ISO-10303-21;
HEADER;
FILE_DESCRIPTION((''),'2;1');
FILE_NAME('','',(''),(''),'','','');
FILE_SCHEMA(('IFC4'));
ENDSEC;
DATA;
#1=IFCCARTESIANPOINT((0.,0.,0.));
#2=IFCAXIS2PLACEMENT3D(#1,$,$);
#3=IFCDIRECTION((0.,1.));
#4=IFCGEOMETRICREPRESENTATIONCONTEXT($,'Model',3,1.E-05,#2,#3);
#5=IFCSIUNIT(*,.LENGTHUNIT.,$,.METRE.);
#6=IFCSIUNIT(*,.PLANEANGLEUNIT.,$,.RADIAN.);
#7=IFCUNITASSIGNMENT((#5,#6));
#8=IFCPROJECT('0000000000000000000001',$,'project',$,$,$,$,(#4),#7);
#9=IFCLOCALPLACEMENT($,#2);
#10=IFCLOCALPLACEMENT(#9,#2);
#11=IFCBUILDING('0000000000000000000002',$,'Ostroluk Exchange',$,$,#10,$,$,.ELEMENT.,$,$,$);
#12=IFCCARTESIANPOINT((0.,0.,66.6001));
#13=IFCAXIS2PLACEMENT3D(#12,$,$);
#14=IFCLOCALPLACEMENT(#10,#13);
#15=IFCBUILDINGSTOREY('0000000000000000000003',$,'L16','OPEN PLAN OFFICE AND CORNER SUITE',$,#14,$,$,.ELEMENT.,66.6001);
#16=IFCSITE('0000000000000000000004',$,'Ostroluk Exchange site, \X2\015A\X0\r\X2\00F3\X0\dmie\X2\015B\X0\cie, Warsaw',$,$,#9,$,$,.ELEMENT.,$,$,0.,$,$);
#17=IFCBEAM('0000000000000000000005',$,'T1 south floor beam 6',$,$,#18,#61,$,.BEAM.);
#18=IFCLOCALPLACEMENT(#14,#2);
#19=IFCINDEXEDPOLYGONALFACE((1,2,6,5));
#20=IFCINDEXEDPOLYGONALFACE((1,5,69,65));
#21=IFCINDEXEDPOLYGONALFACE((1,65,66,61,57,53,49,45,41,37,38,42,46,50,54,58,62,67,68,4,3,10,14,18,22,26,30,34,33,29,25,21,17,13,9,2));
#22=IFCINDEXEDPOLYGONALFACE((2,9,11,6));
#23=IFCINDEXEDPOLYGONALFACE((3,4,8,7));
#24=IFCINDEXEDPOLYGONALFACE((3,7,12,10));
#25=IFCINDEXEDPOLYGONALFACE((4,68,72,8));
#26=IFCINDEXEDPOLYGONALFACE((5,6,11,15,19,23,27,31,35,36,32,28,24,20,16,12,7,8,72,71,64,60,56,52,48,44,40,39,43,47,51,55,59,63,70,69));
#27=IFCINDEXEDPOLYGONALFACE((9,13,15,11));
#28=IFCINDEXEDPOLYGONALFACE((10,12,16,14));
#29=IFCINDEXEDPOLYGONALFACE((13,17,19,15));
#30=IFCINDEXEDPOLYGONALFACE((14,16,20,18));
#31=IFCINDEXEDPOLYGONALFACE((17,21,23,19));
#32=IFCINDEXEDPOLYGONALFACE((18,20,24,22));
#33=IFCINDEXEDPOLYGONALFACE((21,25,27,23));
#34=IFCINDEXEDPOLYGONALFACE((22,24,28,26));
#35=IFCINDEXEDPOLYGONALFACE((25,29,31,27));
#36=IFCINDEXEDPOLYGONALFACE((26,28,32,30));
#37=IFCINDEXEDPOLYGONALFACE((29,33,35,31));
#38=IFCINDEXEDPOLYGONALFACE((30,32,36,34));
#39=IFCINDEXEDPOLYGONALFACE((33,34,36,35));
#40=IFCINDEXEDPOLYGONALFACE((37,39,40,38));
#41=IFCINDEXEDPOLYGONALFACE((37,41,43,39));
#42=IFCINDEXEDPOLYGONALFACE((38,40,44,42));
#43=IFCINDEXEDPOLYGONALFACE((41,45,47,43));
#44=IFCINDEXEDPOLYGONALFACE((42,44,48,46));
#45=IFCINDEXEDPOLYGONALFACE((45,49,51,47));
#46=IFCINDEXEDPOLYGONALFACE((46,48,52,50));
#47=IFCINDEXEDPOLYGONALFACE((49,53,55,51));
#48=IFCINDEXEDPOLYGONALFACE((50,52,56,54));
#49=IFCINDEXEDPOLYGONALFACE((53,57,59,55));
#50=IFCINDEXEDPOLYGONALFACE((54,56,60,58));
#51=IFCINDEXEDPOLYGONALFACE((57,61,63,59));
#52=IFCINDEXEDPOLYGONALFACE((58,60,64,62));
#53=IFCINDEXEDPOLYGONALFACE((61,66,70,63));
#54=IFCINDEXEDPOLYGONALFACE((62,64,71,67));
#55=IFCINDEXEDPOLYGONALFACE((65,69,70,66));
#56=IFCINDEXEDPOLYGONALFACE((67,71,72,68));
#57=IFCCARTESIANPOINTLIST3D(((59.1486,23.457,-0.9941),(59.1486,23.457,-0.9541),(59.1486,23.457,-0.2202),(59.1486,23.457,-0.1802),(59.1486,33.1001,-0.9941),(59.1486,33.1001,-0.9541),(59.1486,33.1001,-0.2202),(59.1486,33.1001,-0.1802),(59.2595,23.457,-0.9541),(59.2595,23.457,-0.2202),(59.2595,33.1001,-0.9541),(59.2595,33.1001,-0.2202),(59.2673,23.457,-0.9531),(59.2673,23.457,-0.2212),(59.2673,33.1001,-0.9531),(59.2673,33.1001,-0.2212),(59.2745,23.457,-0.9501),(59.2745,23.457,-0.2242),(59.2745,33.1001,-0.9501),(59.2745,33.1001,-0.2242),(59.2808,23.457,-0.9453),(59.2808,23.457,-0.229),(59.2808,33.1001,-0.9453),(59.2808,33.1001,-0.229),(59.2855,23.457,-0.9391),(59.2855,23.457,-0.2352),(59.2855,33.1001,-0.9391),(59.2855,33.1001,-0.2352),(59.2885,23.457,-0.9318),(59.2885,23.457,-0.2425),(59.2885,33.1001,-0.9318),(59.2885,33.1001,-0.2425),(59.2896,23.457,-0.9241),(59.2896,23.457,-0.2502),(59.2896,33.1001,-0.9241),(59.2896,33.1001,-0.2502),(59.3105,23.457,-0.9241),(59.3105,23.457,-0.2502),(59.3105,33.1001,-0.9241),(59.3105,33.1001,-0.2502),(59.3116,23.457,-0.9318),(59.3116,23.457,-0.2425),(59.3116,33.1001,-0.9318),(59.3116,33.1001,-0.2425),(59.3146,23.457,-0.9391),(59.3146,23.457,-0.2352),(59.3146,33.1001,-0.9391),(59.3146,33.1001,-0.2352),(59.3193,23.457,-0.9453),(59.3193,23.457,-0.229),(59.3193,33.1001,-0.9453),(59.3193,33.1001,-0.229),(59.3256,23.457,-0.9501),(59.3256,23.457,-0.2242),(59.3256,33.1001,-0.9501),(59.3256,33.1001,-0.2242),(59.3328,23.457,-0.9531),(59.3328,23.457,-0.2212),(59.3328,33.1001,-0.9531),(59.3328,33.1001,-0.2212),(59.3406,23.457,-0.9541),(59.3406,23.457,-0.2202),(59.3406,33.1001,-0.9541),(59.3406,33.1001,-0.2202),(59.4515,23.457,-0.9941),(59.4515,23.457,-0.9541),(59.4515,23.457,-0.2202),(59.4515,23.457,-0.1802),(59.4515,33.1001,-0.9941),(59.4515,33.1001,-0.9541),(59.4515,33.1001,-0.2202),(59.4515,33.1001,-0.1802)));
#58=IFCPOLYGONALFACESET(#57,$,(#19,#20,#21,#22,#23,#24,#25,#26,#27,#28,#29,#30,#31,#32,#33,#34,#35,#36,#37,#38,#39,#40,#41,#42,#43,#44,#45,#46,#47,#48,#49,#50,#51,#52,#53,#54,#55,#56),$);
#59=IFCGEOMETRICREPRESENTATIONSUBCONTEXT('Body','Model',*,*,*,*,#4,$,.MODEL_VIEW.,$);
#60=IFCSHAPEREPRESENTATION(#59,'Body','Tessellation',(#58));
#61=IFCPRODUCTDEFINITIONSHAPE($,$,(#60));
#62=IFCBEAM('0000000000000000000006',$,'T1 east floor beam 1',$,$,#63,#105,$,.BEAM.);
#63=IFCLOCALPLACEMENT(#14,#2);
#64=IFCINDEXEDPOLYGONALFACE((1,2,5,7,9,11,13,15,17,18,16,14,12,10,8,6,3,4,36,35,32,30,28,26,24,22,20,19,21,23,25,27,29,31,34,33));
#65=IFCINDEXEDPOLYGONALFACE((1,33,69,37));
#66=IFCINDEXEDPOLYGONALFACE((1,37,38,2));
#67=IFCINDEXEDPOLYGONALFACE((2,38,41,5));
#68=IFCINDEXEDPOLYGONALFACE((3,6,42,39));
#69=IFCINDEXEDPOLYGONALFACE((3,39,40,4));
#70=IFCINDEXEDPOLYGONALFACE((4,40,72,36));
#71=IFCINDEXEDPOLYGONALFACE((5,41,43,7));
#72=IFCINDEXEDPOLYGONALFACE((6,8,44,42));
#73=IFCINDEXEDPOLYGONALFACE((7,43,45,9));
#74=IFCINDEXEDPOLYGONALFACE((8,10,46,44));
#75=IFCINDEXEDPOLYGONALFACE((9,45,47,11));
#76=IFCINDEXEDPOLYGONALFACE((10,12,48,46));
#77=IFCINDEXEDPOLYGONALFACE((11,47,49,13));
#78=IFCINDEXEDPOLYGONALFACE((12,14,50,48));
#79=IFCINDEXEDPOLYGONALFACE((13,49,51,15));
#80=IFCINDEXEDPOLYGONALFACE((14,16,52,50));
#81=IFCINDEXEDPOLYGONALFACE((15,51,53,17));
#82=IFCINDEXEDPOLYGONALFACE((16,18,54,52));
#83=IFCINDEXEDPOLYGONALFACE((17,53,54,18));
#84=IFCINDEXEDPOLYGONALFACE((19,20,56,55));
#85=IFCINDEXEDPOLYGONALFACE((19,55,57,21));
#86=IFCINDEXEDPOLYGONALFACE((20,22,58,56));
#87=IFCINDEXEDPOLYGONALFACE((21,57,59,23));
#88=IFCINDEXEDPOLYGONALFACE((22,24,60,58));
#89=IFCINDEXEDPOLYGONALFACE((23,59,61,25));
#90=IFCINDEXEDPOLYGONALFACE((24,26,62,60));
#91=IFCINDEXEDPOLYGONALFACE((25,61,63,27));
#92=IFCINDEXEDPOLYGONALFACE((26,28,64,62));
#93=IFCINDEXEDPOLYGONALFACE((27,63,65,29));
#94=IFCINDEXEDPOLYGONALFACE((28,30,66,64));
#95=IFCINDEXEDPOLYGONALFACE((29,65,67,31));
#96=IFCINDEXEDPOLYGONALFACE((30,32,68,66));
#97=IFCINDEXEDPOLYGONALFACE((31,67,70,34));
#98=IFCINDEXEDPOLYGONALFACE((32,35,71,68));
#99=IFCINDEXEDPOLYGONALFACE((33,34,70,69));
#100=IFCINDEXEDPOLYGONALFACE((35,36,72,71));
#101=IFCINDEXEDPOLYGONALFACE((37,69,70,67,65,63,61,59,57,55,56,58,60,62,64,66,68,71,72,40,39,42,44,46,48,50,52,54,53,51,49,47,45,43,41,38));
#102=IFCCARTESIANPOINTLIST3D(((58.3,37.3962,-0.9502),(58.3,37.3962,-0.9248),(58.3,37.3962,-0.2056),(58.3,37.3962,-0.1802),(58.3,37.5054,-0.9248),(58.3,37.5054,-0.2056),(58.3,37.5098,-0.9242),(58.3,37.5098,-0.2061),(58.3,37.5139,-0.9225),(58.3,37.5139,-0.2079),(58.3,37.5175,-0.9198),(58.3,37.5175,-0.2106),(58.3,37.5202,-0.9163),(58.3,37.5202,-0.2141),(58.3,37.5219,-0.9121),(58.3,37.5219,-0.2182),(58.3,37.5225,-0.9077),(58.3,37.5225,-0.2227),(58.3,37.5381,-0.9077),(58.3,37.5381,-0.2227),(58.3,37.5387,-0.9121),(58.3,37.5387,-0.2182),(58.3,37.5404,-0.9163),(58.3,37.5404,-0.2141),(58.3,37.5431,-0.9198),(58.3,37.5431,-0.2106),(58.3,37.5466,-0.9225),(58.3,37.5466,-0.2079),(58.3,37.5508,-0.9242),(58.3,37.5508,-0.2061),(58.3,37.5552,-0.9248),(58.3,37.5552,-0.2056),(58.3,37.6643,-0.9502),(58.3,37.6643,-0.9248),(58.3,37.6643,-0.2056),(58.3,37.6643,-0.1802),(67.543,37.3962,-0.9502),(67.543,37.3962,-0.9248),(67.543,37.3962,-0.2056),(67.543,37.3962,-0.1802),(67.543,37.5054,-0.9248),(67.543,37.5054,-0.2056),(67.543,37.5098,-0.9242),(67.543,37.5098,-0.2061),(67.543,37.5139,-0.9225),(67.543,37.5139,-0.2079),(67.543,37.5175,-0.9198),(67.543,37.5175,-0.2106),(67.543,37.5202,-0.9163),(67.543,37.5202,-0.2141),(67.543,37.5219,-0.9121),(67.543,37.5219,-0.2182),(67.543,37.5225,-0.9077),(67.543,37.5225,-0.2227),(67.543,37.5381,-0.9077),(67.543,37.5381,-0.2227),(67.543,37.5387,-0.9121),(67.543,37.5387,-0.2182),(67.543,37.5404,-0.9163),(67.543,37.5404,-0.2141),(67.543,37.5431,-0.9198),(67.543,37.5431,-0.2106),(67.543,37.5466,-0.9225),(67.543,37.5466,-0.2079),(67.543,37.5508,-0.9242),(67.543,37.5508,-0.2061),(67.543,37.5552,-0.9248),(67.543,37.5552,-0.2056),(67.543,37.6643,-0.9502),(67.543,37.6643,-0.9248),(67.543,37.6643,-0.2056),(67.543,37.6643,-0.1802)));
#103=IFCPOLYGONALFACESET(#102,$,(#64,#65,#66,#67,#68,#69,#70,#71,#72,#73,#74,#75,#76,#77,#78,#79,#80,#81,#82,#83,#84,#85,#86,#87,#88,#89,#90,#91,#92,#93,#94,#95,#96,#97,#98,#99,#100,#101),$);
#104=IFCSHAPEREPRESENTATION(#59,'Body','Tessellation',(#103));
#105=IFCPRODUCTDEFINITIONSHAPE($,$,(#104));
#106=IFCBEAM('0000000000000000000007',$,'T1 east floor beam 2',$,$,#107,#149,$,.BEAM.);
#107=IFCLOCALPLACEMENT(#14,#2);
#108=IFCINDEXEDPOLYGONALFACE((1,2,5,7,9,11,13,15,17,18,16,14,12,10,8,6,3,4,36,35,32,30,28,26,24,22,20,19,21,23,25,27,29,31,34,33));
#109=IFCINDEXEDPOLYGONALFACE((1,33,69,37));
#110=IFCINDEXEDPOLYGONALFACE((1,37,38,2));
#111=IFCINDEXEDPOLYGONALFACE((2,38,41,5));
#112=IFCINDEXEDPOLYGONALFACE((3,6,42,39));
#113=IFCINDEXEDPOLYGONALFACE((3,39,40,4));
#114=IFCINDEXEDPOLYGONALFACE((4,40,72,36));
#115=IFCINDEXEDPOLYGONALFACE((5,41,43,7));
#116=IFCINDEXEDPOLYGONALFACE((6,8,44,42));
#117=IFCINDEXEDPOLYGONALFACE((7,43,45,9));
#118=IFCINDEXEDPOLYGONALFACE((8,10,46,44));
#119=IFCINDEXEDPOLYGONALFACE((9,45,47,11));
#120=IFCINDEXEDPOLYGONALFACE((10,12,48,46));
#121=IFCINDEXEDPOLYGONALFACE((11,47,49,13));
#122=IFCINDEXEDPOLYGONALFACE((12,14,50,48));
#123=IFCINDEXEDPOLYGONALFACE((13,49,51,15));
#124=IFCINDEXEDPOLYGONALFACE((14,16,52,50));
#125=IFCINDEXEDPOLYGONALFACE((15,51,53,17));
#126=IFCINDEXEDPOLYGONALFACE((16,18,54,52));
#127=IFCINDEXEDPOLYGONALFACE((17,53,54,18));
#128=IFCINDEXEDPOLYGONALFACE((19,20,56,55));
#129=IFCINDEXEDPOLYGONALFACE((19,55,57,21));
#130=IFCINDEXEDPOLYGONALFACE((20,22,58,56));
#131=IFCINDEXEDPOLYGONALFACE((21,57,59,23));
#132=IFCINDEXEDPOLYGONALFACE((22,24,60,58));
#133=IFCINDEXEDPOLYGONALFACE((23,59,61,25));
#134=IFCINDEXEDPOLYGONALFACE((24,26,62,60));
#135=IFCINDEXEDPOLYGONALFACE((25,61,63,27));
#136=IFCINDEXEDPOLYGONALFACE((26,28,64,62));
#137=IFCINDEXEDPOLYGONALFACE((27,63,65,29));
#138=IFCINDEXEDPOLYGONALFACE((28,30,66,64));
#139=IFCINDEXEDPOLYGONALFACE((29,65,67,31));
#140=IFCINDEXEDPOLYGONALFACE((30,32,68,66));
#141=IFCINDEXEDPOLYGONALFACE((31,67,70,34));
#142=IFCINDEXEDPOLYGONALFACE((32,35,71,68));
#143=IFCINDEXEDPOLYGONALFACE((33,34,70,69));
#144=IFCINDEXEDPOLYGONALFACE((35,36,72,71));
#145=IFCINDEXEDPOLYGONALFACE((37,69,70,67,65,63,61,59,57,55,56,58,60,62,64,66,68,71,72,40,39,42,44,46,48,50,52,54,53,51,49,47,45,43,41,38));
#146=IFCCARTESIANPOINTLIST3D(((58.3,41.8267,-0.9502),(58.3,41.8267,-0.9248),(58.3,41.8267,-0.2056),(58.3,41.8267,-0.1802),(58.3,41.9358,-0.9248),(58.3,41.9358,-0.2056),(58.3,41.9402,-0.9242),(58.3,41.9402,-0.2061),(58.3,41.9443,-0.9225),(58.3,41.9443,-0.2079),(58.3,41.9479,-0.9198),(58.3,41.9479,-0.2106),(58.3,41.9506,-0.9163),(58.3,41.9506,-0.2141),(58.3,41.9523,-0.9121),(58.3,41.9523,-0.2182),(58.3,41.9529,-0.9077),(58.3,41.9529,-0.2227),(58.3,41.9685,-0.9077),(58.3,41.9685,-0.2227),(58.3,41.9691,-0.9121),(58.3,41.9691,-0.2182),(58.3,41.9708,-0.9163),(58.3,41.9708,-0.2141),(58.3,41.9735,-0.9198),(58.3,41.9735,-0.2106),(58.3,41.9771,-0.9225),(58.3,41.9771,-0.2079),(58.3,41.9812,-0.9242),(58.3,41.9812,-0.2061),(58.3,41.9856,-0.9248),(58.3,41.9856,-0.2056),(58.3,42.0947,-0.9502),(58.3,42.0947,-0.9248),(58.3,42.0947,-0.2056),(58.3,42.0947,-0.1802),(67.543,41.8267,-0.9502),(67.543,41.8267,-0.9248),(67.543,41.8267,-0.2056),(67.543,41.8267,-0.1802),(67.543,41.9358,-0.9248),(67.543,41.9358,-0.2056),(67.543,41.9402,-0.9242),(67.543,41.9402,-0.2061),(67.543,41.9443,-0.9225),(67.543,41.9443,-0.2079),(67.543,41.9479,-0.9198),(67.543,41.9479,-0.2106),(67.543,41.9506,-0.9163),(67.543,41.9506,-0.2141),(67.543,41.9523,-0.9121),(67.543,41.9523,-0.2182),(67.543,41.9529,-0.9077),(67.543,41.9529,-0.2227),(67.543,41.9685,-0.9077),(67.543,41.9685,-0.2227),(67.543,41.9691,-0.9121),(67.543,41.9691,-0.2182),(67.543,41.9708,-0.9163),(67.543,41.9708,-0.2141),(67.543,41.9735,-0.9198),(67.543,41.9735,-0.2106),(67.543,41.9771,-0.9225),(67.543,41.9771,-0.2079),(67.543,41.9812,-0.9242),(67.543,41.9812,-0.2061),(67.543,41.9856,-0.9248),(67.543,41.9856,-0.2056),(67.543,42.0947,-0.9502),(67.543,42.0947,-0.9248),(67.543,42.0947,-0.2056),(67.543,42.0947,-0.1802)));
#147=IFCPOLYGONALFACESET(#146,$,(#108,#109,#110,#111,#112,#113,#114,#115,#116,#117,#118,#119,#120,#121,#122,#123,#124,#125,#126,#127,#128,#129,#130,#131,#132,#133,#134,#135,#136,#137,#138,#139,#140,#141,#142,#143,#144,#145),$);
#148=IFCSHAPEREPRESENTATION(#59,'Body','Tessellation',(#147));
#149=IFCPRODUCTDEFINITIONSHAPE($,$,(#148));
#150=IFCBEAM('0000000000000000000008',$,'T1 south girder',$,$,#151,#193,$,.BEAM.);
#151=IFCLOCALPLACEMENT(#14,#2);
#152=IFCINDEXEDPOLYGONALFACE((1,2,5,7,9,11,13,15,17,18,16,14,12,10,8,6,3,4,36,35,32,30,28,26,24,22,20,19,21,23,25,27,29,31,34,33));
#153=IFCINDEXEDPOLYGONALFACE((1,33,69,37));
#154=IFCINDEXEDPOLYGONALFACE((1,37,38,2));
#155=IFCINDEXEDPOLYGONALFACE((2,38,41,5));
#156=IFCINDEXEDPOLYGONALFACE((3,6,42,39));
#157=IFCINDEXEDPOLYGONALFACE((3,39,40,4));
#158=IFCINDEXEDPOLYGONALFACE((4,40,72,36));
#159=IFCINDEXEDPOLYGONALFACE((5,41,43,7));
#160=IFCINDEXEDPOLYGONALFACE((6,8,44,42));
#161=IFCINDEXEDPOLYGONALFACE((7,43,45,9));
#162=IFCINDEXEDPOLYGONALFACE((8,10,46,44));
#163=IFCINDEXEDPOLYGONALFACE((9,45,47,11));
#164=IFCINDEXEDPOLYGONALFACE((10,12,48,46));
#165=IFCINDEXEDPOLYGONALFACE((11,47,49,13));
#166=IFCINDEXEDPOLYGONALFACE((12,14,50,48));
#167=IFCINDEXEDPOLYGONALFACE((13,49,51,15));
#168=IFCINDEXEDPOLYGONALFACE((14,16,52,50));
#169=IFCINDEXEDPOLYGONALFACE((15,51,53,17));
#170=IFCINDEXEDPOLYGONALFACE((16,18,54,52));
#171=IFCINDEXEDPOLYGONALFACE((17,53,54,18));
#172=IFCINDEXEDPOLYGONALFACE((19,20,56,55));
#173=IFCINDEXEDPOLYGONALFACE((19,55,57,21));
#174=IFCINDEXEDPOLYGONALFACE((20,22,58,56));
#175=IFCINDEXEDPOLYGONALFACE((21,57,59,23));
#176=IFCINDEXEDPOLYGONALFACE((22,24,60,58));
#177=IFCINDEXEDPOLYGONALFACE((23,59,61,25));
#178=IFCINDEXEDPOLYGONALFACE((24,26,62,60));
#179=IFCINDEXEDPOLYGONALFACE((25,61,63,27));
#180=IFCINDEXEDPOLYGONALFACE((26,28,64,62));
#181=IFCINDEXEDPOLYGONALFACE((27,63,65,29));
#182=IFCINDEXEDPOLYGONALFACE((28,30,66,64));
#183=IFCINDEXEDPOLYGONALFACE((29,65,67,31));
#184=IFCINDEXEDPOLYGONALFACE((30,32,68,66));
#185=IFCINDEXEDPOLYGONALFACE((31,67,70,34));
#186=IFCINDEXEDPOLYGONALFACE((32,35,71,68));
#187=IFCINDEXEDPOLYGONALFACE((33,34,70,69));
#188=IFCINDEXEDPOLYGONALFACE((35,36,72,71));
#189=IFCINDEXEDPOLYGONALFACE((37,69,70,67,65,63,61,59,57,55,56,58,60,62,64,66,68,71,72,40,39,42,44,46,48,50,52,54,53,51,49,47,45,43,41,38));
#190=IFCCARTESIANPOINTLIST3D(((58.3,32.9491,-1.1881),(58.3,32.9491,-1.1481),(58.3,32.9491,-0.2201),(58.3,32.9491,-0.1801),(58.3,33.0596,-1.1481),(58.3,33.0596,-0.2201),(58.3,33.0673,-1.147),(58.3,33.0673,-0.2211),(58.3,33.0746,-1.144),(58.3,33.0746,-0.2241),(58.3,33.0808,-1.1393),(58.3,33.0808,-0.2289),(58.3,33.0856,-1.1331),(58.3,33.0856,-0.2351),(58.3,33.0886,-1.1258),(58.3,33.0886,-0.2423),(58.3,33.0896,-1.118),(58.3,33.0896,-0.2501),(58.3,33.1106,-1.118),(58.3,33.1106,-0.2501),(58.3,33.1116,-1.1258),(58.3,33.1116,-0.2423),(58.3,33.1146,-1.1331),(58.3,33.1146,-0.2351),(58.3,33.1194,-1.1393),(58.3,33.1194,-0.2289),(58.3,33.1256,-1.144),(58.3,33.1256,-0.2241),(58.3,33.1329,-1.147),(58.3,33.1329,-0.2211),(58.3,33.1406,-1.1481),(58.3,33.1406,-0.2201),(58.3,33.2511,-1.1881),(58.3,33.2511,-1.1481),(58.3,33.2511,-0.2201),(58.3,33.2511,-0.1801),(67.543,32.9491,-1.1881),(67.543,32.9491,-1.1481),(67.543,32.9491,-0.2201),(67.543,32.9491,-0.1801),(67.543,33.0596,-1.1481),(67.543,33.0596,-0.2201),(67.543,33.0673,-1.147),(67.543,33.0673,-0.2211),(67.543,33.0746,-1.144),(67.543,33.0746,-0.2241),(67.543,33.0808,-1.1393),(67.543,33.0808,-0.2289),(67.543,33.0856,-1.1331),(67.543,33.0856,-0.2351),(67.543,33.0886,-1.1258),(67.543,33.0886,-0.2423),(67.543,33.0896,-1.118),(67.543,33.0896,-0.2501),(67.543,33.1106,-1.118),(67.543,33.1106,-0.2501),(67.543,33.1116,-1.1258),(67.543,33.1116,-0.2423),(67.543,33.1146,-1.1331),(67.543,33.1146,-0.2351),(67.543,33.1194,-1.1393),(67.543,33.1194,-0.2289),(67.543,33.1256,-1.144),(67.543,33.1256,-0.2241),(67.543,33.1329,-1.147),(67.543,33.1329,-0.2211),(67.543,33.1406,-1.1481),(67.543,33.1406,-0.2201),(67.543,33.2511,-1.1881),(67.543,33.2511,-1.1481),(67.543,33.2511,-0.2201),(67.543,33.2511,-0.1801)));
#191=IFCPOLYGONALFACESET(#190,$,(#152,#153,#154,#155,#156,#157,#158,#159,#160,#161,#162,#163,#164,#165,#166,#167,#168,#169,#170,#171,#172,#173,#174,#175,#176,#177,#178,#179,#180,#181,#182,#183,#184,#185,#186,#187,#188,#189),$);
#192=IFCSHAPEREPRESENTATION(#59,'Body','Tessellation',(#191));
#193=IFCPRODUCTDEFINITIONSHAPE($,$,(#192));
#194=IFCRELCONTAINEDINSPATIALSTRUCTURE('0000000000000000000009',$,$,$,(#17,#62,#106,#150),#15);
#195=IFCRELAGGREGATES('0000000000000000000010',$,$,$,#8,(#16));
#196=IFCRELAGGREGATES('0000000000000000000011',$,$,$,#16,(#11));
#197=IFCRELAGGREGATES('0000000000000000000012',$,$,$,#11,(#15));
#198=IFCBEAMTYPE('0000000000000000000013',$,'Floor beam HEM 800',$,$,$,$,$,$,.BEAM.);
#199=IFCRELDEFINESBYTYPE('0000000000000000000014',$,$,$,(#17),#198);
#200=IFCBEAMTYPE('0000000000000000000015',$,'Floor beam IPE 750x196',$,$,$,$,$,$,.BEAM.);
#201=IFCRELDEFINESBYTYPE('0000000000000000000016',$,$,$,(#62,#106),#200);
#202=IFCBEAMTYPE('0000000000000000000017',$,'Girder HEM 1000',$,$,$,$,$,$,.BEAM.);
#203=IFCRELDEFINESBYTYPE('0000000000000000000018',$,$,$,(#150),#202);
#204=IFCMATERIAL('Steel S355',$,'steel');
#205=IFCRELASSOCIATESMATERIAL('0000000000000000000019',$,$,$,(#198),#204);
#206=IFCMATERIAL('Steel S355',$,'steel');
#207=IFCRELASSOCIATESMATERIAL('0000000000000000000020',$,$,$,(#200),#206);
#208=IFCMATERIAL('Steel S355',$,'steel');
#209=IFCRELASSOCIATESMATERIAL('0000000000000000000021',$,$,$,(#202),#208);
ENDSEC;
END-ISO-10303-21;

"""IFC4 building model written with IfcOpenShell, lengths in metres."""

from ifc_helpers import new_model, si_unit, direction, frame, origin, origin_2d, place, context, subcontext, project, spatial, i_section, extrude, material, material_profile, profile_set, type_object, element, save


model = new_model("IFC4")

# Units and contexts
model_context = context("Model", 3, precision=1e-05, world=origin(), true_north=direction((0.0, 1.0)))
body_context = subcontext(model_context, "Body", "Model", "MODEL_VIEW")
ifc_project = project(units=[si_unit("LENGTHUNIT", "METRE"), si_unit("PLANEANGLEUNIT", "RADIAN")], contexts=[model_context])

# Site, building, storey
site_placement = place(None, origin())
site = spatial("IfcSite", under=ifc_project, at=site_placement, Name="Ostroluk Exchange site, Śródmieście, Warsaw", CompositionType="ELEMENT", RefElevation=0.0)
building_placement = place(site_placement, origin())
building = spatial("IfcBuilding", under=site, at=building_placement, Name="Ostroluk Exchange", CompositionType="ELEMENT")
storey_placement = place(building_placement, frame((0.0, 0.0, 66.6001)))
storey = spatial("IfcBuildingStorey", under=building, at=storey_placement, Name="L16", Description="OPEN PLAN OFFICE AND CORNER SUITE", CompositionType="ELEMENT", Elevation=66.6001)

# Beams
ifc_material_1 = material(Name="Steel S355", Category="steel")
ifc_material_profile_1 = material_profile(ifc_material_1, i_section(OverallWidth=0.303, OverallDepth=0.814, WebThickness=0.021, FlangeThickness=0.04, FilletRadius=0.03, at=origin_2d()), Name="HEM 800")
ifc_profile_set_1 = profile_set([ifc_material_profile_1], Name="Steel S355")
beam_type_1 = type_object("IfcBeamType", Name="Floor beam HEM 800", PredefinedType="BEAM", material=ifc_profile_set_1)
beam_1_placement = place(storey_placement, frame((59.3, 33.1001, -0.5872), z_axis=(0.0, -1.0, 0.0), x_axis=(1.0, 0.0, 0.0)))
element("IfcBeam", 1, at=beam_1_placement, inside=storey, type_object=beam_type_1, Name="T1 south floor beam 6", PredefinedType="BEAM", context=body_context, shape_type="SweptSolid", body=[
    extrude(i_section(OverallWidth=0.303, OverallDepth=0.814, WebThickness=0.021, FlangeThickness=0.04, FilletRadius=0.03, at=origin_2d()), origin(), (0.0, 0.0, 1.0), 9.6431),
])
ifc_material_2 = material(Name="Steel S355", Category="steel")
ifc_material_profile_2 = material_profile(ifc_material_2, i_section(OverallWidth=0.2681, OverallDepth=0.77, WebThickness=0.0156, FlangeThickness=0.0254, FilletRadius=0.0171, at=origin_2d()), Name="IPE 750x196")
ifc_profile_set_2 = profile_set([ifc_material_profile_2], Name="Steel S355")
beam_type_2 = type_object("IfcBeamType", Name="Floor beam IPE 750x196", PredefinedType="BEAM", material=ifc_profile_set_2)
for number, where, z_axis, x_axis, name in (
    (2, (58.3, 37.5303, -0.5652), (1.0, 0.0, 0.0), (0.0, 1.0, 0.0), "T1 east floor beam 1"),
    (3, (58.3, 41.9607, -0.5652), (1.0, 0.0, 0.0), (0.0, 1.0, 0.0), "T1 east floor beam 2"),
):
    element("IfcBeam", number, at=place(storey_placement, frame(where, z_axis=z_axis, x_axis=x_axis)), inside=storey, type_object=beam_type_2, Name=name, PredefinedType="BEAM", context=body_context, shape_type="SweptSolid", body=[
        extrude(i_section(OverallWidth=0.2681, OverallDepth=0.77, WebThickness=0.0156, FlangeThickness=0.0254, FilletRadius=0.0171, at=origin_2d()), origin(), (0.0, 0.0, 1.0), 9.2429),
    ])
ifc_material_3 = material(Name="Steel S355", Category="steel")
ifc_material_profile_3 = material_profile(ifc_material_3, i_section(OverallWidth=0.302, OverallDepth=1.0081, WebThickness=0.021, FlangeThickness=0.04, FilletRadius=0.03, at=origin_2d()), Name="HEM 1000")
ifc_profile_set_3 = profile_set([ifc_material_profile_3], Name="Steel S355")
beam_type_3 = type_object("IfcBeamType", Name="Girder HEM 1000", PredefinedType="BEAM", material=ifc_profile_set_3)
beam_2_placement = place(storey_placement, frame((58.3, 33.1001, -0.6841), z_axis=(1.0, 0.0, 0.0), x_axis=(0.0, 1.0, 0.0)))
element("IfcBeam", 4, at=beam_2_placement, inside=storey, type_object=beam_type_3, Name="T1 south girder", PredefinedType="BEAM", context=body_context, shape_type="SweptSolid", body=[
    extrude(i_section(OverallWidth=0.302, OverallDepth=1.0081, WebThickness=0.021, FlangeThickness=0.04, FilletRadius=0.03, at=origin_2d()), origin(), (0.0, 0.0, 1.0), 9.2429),
])

save(model, "model.ifc")
